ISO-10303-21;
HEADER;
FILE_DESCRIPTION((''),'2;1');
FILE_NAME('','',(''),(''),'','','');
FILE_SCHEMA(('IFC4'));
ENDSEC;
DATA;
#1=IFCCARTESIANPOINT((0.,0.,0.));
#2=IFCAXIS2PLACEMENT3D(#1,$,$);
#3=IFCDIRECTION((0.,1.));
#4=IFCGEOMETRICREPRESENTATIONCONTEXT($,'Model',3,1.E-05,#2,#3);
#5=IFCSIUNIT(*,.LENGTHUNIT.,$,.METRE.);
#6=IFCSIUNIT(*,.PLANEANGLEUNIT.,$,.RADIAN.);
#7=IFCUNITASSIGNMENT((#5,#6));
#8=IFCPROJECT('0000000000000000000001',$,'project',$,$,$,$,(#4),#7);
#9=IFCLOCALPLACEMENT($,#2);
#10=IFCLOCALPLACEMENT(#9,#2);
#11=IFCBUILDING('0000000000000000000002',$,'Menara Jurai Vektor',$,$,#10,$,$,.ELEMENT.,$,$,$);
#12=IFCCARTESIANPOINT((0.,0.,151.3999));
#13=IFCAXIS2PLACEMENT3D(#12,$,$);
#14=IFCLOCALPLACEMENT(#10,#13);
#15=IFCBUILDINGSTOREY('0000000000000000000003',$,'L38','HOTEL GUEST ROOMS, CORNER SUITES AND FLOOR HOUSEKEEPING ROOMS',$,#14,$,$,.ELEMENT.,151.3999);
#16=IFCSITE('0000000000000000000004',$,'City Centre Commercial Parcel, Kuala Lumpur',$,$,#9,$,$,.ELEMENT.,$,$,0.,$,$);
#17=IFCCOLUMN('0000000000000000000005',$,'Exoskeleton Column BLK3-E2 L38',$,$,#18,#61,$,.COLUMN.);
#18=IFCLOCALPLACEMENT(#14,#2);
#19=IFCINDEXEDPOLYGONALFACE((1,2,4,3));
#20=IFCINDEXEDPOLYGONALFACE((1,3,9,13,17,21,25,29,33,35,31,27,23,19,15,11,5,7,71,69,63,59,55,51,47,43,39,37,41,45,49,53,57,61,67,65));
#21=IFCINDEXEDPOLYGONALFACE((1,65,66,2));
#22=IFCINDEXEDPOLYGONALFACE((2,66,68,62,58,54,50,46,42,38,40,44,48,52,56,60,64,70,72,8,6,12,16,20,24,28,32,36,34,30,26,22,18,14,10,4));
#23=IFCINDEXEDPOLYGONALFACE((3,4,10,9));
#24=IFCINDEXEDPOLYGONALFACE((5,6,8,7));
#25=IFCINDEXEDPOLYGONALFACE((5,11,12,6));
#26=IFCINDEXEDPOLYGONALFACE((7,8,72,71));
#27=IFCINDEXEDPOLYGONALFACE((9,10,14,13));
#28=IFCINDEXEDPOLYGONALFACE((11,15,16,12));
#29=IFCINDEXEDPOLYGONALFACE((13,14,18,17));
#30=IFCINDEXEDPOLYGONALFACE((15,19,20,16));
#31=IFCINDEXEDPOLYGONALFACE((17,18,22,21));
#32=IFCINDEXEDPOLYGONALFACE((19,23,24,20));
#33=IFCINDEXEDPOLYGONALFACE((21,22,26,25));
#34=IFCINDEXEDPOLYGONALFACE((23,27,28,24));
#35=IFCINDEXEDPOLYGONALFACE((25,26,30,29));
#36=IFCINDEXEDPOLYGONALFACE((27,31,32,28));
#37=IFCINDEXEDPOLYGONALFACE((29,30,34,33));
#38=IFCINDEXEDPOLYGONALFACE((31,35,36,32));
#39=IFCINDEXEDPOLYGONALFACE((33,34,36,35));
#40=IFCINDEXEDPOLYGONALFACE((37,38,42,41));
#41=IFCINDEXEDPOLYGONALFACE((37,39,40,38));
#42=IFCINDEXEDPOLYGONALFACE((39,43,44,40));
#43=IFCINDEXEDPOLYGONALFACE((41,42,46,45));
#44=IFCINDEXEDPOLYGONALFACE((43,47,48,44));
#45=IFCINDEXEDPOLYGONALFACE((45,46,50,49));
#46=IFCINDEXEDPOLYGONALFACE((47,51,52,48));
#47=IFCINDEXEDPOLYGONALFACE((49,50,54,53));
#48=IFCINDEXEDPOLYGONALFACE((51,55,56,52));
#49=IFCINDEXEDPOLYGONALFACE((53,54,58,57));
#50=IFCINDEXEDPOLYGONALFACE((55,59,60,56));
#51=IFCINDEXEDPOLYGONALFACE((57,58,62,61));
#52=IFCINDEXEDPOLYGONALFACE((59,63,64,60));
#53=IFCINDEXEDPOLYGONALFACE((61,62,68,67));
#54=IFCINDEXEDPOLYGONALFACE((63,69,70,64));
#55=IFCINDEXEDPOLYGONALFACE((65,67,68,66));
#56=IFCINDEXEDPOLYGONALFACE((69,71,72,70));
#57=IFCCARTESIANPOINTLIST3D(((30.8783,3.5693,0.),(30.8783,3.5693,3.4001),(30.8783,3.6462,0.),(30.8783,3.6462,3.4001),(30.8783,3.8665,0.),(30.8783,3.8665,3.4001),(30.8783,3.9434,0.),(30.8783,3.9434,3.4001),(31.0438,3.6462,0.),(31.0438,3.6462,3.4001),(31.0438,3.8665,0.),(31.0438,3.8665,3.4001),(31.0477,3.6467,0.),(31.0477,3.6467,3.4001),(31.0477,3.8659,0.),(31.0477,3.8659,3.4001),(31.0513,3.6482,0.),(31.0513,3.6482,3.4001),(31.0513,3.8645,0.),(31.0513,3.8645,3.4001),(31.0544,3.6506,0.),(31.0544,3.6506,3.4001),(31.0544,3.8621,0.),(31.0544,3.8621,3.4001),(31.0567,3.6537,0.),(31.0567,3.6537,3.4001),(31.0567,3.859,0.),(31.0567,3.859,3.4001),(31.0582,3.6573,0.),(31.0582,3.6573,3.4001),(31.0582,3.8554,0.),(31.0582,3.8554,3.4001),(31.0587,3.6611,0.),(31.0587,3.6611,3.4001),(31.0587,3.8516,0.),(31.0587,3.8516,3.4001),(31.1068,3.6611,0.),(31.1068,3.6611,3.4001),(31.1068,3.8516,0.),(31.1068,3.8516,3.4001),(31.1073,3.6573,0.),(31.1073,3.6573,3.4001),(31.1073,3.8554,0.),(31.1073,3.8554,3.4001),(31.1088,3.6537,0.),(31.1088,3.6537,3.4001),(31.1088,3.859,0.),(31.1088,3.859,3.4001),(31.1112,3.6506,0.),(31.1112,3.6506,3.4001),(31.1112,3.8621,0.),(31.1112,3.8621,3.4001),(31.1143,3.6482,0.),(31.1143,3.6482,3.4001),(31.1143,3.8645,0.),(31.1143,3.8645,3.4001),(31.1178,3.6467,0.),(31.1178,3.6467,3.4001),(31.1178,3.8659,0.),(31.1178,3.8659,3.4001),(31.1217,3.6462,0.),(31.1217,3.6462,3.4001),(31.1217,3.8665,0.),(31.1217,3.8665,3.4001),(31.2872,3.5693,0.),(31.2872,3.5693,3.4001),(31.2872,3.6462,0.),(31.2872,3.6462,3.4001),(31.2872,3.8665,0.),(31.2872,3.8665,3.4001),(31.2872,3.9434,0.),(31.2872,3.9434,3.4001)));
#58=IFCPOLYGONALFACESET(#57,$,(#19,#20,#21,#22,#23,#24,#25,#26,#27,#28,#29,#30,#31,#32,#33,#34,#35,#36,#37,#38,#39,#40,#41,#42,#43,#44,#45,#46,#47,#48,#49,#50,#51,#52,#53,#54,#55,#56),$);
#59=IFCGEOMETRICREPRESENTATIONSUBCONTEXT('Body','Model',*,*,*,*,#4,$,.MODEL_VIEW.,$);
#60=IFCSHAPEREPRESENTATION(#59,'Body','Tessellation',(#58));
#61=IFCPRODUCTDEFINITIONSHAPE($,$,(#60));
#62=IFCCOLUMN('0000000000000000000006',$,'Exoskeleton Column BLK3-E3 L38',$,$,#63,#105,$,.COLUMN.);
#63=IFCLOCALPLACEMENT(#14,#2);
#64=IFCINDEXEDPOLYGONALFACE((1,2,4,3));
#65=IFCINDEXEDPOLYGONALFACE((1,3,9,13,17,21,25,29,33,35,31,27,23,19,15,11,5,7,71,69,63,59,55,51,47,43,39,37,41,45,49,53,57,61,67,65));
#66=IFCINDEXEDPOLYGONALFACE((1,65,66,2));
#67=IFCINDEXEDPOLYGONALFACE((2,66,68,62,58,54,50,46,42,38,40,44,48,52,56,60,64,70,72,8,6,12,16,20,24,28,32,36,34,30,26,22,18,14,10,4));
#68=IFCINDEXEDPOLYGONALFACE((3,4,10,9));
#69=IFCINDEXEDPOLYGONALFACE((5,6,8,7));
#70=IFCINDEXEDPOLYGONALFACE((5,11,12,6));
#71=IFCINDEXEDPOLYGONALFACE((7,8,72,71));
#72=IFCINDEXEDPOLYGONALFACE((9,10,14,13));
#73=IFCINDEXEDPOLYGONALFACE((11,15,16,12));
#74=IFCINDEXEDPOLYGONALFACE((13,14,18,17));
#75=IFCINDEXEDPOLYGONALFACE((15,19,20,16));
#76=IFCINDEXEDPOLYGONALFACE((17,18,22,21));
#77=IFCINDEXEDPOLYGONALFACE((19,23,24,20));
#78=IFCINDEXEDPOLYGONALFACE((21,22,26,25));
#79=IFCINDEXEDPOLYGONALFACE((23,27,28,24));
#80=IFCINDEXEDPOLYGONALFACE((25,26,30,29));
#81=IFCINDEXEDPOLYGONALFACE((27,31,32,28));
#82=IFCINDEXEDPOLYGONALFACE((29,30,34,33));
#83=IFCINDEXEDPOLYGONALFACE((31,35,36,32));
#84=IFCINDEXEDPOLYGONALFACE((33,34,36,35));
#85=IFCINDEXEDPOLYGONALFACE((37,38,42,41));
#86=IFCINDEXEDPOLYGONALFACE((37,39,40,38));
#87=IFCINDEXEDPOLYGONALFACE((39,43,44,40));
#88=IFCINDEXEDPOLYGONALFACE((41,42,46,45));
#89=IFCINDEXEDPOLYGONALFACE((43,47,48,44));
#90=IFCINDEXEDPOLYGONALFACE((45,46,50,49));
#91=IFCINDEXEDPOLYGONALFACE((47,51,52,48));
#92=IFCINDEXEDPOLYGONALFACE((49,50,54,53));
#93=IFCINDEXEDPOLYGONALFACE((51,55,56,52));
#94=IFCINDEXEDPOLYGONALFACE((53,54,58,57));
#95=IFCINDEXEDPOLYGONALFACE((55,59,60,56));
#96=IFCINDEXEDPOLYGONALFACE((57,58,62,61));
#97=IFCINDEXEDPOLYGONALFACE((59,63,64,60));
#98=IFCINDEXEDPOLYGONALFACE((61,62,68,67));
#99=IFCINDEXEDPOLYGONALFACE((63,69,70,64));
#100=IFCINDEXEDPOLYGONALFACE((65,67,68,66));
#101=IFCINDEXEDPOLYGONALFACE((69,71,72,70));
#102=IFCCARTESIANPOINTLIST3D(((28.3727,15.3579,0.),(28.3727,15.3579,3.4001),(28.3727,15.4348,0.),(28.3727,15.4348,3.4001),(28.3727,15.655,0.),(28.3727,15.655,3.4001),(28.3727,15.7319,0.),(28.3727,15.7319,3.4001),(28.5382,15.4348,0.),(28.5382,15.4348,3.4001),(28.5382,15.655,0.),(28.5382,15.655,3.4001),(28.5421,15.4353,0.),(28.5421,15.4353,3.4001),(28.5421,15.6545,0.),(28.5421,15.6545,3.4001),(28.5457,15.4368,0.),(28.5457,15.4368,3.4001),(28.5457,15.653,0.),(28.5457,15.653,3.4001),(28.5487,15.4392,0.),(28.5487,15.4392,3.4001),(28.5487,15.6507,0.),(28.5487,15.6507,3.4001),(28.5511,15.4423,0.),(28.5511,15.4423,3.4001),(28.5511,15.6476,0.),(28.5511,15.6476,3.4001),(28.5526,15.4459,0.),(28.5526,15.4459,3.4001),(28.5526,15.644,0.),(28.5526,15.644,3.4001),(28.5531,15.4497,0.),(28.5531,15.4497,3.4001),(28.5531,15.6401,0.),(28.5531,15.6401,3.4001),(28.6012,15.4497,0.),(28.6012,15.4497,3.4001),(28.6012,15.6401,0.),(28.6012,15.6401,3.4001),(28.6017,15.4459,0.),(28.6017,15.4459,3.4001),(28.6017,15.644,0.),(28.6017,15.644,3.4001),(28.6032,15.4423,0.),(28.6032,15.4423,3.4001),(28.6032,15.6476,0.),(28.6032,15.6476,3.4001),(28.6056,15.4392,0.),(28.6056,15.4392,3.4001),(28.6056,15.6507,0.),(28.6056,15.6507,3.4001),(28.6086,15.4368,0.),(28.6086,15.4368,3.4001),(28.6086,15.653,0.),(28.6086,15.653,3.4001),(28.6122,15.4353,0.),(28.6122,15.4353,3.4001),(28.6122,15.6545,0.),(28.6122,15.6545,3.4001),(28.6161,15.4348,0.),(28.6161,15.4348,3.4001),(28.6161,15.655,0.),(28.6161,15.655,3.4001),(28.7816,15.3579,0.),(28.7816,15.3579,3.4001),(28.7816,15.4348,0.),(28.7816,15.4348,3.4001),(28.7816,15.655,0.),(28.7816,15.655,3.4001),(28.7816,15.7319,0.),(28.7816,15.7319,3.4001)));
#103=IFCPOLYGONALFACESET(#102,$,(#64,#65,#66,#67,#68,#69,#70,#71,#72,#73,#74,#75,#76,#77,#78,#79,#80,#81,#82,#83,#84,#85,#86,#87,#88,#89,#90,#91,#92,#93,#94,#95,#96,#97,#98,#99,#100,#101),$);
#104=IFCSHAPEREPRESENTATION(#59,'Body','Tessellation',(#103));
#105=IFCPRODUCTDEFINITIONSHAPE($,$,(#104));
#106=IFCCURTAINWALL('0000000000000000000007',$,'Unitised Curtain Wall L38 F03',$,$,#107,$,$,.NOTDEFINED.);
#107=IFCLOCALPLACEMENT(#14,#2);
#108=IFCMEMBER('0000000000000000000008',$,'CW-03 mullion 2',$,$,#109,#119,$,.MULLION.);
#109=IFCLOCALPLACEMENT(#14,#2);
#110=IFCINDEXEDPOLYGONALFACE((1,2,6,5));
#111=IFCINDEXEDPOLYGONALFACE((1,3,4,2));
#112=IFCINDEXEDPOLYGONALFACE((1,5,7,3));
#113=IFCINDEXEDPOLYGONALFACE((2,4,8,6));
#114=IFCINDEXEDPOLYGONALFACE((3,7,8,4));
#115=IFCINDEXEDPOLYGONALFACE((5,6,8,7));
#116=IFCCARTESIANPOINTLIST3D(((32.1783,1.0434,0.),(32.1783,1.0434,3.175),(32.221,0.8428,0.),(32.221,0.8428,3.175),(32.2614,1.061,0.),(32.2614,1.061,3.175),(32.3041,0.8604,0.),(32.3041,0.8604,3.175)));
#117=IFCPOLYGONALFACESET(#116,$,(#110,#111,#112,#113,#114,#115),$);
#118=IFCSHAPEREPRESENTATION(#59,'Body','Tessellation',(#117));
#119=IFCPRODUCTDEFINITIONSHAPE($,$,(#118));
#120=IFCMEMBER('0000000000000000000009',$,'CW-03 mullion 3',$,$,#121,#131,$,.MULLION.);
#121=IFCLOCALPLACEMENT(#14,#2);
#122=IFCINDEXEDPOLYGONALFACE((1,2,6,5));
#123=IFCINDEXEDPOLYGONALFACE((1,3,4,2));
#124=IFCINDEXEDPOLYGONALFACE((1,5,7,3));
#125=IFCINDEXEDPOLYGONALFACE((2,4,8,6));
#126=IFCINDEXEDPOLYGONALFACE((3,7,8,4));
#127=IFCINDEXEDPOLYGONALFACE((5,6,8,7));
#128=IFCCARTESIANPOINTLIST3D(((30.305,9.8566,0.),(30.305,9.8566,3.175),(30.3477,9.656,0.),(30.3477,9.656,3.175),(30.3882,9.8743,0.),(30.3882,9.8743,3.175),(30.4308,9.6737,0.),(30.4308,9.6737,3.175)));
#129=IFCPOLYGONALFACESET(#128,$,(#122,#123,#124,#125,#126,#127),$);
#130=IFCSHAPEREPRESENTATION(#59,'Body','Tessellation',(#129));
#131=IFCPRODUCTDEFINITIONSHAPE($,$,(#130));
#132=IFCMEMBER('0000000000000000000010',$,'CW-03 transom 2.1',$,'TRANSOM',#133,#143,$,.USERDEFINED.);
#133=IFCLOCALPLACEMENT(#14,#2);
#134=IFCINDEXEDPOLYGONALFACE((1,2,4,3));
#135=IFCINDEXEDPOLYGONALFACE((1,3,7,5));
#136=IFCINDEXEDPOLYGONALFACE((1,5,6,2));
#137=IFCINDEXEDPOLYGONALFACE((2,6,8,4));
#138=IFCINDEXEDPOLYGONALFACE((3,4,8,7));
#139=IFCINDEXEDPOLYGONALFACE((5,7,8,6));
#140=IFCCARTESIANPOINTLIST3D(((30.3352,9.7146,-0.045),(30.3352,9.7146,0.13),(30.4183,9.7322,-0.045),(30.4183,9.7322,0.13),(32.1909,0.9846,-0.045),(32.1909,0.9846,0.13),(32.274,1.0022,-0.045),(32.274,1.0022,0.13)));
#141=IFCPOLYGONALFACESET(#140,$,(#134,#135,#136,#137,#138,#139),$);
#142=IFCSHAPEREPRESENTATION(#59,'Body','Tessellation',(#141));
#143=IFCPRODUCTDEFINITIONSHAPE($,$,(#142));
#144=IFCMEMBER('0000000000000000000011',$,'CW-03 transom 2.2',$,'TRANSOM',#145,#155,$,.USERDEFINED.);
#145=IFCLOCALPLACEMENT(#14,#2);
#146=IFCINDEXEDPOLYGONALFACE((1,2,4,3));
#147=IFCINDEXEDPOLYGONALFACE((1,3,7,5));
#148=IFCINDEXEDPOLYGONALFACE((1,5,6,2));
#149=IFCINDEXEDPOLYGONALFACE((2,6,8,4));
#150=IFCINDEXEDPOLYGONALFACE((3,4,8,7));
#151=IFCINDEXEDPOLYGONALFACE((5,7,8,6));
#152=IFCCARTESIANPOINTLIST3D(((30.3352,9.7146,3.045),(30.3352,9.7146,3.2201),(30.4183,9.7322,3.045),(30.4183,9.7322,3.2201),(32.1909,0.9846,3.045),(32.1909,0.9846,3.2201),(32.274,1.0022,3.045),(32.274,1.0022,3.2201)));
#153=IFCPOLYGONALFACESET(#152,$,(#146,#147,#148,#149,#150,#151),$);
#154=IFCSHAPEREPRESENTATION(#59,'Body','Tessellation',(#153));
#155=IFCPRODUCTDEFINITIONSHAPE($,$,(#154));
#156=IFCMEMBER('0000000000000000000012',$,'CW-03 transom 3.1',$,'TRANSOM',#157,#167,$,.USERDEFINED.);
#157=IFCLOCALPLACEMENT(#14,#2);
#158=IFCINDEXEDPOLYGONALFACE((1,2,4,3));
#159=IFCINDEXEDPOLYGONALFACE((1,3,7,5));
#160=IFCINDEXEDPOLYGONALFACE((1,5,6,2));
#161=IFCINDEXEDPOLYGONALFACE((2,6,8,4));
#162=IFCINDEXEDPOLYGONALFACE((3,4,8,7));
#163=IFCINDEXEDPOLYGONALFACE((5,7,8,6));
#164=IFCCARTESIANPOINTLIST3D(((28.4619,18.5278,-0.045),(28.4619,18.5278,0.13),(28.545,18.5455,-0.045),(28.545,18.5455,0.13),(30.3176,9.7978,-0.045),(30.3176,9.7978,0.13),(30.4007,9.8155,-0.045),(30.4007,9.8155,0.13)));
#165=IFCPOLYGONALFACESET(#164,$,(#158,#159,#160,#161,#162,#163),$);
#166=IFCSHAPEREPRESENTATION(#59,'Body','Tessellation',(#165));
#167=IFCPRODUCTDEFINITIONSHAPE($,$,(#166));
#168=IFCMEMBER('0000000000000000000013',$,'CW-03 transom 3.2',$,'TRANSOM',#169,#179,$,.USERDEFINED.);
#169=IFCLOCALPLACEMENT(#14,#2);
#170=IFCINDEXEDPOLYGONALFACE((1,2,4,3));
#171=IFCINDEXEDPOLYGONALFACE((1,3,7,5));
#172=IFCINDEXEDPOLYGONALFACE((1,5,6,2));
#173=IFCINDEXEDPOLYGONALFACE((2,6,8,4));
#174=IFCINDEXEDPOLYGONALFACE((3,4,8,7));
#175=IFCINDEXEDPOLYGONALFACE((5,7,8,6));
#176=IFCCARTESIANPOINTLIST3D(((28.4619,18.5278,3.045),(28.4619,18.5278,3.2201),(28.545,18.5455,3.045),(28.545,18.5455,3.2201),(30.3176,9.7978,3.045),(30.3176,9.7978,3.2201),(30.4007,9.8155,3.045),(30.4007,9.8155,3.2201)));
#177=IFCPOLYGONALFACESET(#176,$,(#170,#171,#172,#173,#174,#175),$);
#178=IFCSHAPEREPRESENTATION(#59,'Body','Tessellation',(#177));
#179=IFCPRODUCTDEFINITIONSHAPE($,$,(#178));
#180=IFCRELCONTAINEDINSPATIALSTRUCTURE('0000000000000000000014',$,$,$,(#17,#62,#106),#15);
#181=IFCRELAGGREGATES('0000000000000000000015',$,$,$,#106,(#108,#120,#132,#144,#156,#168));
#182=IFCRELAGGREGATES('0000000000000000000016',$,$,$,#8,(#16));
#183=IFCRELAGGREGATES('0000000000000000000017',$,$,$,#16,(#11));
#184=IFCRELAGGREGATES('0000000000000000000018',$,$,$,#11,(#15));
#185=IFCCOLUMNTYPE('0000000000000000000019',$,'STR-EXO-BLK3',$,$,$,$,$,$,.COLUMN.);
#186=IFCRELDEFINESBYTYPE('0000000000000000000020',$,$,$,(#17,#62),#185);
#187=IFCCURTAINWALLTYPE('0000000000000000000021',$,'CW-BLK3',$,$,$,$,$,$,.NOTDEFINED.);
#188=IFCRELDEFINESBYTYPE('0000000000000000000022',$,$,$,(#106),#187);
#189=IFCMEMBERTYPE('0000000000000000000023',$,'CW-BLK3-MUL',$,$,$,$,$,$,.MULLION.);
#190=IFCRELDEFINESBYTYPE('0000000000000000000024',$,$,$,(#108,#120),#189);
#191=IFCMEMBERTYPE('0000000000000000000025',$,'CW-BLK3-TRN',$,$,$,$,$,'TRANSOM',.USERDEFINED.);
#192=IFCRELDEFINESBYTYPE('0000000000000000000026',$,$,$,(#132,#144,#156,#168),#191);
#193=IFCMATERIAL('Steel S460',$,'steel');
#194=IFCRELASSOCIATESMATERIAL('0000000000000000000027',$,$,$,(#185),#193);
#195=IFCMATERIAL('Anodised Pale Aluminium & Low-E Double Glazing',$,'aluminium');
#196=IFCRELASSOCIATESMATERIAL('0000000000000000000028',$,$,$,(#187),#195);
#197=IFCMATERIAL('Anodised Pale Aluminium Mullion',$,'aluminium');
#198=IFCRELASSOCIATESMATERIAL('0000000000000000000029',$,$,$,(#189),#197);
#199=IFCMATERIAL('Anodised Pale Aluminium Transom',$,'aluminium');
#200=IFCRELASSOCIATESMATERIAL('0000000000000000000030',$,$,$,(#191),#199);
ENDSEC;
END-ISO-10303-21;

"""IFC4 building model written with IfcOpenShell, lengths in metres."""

from ifc_helpers import new_model, si_unit, direction, frame, origin, origin_2d, place, context, subcontext, project, spatial, rectangle, i_section, extrude, material, material_profile, profile_set, type_object, element, aggregate, save


model = new_model("IFC4")

# Units and contexts
model_context = context("Model", 3, precision=1e-05, world=origin(), true_north=direction((0.0, 1.0)))
body_context = subcontext(model_context, "Body", "Model", "MODEL_VIEW")
ifc_project = project(units=[si_unit("LENGTHUNIT", "METRE"), si_unit("PLANEANGLEUNIT", "RADIAN")], contexts=[model_context])

# Site, building, storey
site_placement = place(None, origin())
site = spatial("IfcSite", under=ifc_project, at=site_placement, Name="City Centre Commercial Parcel, Kuala Lumpur", CompositionType="ELEMENT", RefElevation=0.0)
building_placement = place(site_placement, origin())
building = spatial("IfcBuilding", under=site, at=building_placement, Name="Menara Jurai Vektor", CompositionType="ELEMENT")
storey_placement = place(building_placement, frame((0.0, 0.0, 151.3999)))
storey = spatial("IfcBuildingStorey", under=building, at=storey_placement, Name="L38", Description="HOTEL GUEST ROOMS, CORNER SUITES AND FLOOR HOUSEKEEPING ROOMS", CompositionType="ELEMENT", Elevation=151.3999)

# Columns
ifc_material_1 = material(Name="Steel S460", Category="steel")
ifc_material_profile_1 = material_profile(ifc_material_1, i_section(OverallWidth=0.4089, OverallDepth=0.374, WebThickness=0.0481, FlangeThickness=0.0769, FilletRadius=0.0149, at=origin_2d()), Name="HD 400x634")
ifc_profile_set_1 = profile_set([ifc_material_profile_1], Name="Steel S460")
column_type = type_object("IfcColumnType", Name="STR-EXO-BLK3", PredefinedType="COLUMN", material=ifc_profile_set_1)
for number, where, z_axis, x_axis, name in (
    (1, (31.0828, 3.7563, 0.0), (0.0, 0.0, 1.0), (1.0, 0.0, 0.0), "Exoskeleton Column BLK3-E2 L38"),
    (2, (28.5771, 15.5449, 0.0), (0.0, 0.0, 1.0), (1.0, 0.0, 0.0), "Exoskeleton Column BLK3-E3 L38"),
):
    element("IfcColumn", number, at=place(storey_placement, frame(where, z_axis=z_axis, x_axis=x_axis)), inside=storey, type_object=column_type, Name=name, PredefinedType="COLUMN", context=body_context, shape_type="SweptSolid", body=[
        extrude(i_section(OverallWidth=0.4089, OverallDepth=0.374, WebThickness=0.0481, FlangeThickness=0.0769, FilletRadius=0.0149, at=origin_2d()), origin(), (0.0, 0.0, 1.0), 3.4001),
    ])

# Curtain wall, members
ifc_material_2 = material(Name="Anodised Pale Aluminium & Low-E Double Glazing", Category="aluminium")
curtain_wall_type = type_object("IfcCurtainWallType", Name="CW-BLK3", PredefinedType="NOTDEFINED", material=ifc_material_2)
curtain_wall_placement = place(storey_placement, origin())
curtain_wall = element("IfcCurtainWall", 3, at=curtain_wall_placement, inside=storey, type_object=curtain_wall_type, Name="Unitised Curtain Wall L38 F03", PredefinedType="NOTDEFINED")
ifc_material_3 = material(Name="Anodised Pale Aluminium Mullion", Category="aluminium")
ifc_material_profile_2 = material_profile(ifc_material_3, rectangle(XDim=0.085, YDim=0.2051, at=origin_2d()), Name="ALU MUL 85x205")
ifc_profile_set_2 = profile_set([ifc_material_profile_2], Name="Anodised Pale Aluminium Mullion")
member_type_1 = type_object("IfcMemberType", Name="CW-BLK3-MUL", PredefinedType="MULLION", material=ifc_profile_set_2)
member_1_placement = place(storey_placement, frame((32.2412, 0.9519, 0.0), z_axis=(0.0, 0.0, 1.0), x_axis=(-0.978148, -0.20791, 0.0)))
member_1 = element("IfcMember", 4, at=member_1_placement, type_object=member_type_1, Name="CW-03 mullion 2", PredefinedType="MULLION", context=body_context, shape_type="SweptSolid", body=[
    extrude(rectangle(XDim=0.085, YDim=0.2051, at=origin_2d()), origin(), (0.0, 0.0, 1.0), 3.175),
])
member_2_placement = place(storey_placement, frame((30.3679, 9.7651, 0.0), z_axis=(0.0, 0.0, 1.0), x_axis=(-0.978148, -0.20791, 0.0)))
member_2 = element("IfcMember", 5, at=member_2_placement, type_object=member_type_1, Name="CW-03 mullion 3", PredefinedType="MULLION", context=body_context, shape_type="SweptSolid", body=[
    extrude(rectangle(XDim=0.085, YDim=0.2051, at=origin_2d()), origin(), (0.0, 0.0, 1.0), 3.175),
])
ifc_material_4 = material(Name="Anodised Pale Aluminium Transom", Category="aluminium")
ifc_material_profile_3 = material_profile(ifc_material_4, rectangle(XDim=0.085, YDim=0.175, at=origin_2d()), Name="ALU TRN 85x175")
ifc_profile_set_3 = profile_set([ifc_material_profile_3], Name="Anodised Pale Aluminium Transom")
member_type_2 = type_object("IfcMemberType", Name="CW-BLK3-TRN", ElementType="TRANSOM", PredefinedType="USERDEFINED", material=ifc_profile_set_3)
member_3_placement = place(storey_placement, frame((32.2324, 0.9934, 0.0425), z_axis=(-0.207922, 0.978145, 0.0), x_axis=(-0.978145, -0.207922, 0.0)))
member_3 = element("IfcMember", 6, at=member_3_placement, type_object=member_type_2, Name="CW-03 transom 2.1", ObjectType="TRANSOM", PredefinedType="USERDEFINED", context=body_context, shape_type="SweptSolid", body=[
    extrude(rectangle(XDim=0.085, YDim=0.175, at=origin_2d()), origin(), (0.0, 0.0, 1.0), 8.925),
])
member_4_placement = place(storey_placement, frame((32.2324, 0.9934, 3.1326), z_axis=(-0.207922, 0.978145, 0.0), x_axis=(-0.978145, -0.207922, 0.0)))
member_4 = element("IfcMember", 7, at=member_4_placement, type_object=member_type_2, Name="CW-03 transom 2.2", ObjectType="TRANSOM", PredefinedType="USERDEFINED", context=body_context, shape_type="SweptSolid", body=[
    extrude(rectangle(XDim=0.085, YDim=0.175, at=origin_2d()), origin(), (0.0, 0.0, 1.0), 8.925),
])
member_5_placement = place(storey_placement, frame((30.3591, 9.8066, 0.0425), z_axis=(-0.207922, 0.978145, 0.0), x_axis=(-0.978145, -0.207922, 0.0)))
member_5 = element("IfcMember", 8, at=member_5_placement, type_object=member_type_2, Name="CW-03 transom 3.1", ObjectType="TRANSOM", PredefinedType="USERDEFINED", context=body_context, shape_type="SweptSolid", body=[
    extrude(rectangle(XDim=0.085, YDim=0.175, at=origin_2d()), origin(), (0.0, 0.0, 1.0), 8.925),
])
member_6_placement = place(storey_placement, frame((30.3591, 9.8066, 3.1326), z_axis=(-0.207922, 0.978145, 0.0), x_axis=(-0.978145, -0.207922, 0.0)))
member_6 = element("IfcMember", 9, at=member_6_placement, type_object=member_type_2, Name="CW-03 transom 3.2", ObjectType="TRANSOM", PredefinedType="USERDEFINED", context=body_context, shape_type="SweptSolid", body=[
    extrude(rectangle(XDim=0.085, YDim=0.175, at=origin_2d()), origin(), (0.0, 0.0, 1.0), 8.925),
])

aggregate(curtain_wall, [member_1, member_2, member_3, member_4, member_5, member_6])

save(model, "model.ifc")
